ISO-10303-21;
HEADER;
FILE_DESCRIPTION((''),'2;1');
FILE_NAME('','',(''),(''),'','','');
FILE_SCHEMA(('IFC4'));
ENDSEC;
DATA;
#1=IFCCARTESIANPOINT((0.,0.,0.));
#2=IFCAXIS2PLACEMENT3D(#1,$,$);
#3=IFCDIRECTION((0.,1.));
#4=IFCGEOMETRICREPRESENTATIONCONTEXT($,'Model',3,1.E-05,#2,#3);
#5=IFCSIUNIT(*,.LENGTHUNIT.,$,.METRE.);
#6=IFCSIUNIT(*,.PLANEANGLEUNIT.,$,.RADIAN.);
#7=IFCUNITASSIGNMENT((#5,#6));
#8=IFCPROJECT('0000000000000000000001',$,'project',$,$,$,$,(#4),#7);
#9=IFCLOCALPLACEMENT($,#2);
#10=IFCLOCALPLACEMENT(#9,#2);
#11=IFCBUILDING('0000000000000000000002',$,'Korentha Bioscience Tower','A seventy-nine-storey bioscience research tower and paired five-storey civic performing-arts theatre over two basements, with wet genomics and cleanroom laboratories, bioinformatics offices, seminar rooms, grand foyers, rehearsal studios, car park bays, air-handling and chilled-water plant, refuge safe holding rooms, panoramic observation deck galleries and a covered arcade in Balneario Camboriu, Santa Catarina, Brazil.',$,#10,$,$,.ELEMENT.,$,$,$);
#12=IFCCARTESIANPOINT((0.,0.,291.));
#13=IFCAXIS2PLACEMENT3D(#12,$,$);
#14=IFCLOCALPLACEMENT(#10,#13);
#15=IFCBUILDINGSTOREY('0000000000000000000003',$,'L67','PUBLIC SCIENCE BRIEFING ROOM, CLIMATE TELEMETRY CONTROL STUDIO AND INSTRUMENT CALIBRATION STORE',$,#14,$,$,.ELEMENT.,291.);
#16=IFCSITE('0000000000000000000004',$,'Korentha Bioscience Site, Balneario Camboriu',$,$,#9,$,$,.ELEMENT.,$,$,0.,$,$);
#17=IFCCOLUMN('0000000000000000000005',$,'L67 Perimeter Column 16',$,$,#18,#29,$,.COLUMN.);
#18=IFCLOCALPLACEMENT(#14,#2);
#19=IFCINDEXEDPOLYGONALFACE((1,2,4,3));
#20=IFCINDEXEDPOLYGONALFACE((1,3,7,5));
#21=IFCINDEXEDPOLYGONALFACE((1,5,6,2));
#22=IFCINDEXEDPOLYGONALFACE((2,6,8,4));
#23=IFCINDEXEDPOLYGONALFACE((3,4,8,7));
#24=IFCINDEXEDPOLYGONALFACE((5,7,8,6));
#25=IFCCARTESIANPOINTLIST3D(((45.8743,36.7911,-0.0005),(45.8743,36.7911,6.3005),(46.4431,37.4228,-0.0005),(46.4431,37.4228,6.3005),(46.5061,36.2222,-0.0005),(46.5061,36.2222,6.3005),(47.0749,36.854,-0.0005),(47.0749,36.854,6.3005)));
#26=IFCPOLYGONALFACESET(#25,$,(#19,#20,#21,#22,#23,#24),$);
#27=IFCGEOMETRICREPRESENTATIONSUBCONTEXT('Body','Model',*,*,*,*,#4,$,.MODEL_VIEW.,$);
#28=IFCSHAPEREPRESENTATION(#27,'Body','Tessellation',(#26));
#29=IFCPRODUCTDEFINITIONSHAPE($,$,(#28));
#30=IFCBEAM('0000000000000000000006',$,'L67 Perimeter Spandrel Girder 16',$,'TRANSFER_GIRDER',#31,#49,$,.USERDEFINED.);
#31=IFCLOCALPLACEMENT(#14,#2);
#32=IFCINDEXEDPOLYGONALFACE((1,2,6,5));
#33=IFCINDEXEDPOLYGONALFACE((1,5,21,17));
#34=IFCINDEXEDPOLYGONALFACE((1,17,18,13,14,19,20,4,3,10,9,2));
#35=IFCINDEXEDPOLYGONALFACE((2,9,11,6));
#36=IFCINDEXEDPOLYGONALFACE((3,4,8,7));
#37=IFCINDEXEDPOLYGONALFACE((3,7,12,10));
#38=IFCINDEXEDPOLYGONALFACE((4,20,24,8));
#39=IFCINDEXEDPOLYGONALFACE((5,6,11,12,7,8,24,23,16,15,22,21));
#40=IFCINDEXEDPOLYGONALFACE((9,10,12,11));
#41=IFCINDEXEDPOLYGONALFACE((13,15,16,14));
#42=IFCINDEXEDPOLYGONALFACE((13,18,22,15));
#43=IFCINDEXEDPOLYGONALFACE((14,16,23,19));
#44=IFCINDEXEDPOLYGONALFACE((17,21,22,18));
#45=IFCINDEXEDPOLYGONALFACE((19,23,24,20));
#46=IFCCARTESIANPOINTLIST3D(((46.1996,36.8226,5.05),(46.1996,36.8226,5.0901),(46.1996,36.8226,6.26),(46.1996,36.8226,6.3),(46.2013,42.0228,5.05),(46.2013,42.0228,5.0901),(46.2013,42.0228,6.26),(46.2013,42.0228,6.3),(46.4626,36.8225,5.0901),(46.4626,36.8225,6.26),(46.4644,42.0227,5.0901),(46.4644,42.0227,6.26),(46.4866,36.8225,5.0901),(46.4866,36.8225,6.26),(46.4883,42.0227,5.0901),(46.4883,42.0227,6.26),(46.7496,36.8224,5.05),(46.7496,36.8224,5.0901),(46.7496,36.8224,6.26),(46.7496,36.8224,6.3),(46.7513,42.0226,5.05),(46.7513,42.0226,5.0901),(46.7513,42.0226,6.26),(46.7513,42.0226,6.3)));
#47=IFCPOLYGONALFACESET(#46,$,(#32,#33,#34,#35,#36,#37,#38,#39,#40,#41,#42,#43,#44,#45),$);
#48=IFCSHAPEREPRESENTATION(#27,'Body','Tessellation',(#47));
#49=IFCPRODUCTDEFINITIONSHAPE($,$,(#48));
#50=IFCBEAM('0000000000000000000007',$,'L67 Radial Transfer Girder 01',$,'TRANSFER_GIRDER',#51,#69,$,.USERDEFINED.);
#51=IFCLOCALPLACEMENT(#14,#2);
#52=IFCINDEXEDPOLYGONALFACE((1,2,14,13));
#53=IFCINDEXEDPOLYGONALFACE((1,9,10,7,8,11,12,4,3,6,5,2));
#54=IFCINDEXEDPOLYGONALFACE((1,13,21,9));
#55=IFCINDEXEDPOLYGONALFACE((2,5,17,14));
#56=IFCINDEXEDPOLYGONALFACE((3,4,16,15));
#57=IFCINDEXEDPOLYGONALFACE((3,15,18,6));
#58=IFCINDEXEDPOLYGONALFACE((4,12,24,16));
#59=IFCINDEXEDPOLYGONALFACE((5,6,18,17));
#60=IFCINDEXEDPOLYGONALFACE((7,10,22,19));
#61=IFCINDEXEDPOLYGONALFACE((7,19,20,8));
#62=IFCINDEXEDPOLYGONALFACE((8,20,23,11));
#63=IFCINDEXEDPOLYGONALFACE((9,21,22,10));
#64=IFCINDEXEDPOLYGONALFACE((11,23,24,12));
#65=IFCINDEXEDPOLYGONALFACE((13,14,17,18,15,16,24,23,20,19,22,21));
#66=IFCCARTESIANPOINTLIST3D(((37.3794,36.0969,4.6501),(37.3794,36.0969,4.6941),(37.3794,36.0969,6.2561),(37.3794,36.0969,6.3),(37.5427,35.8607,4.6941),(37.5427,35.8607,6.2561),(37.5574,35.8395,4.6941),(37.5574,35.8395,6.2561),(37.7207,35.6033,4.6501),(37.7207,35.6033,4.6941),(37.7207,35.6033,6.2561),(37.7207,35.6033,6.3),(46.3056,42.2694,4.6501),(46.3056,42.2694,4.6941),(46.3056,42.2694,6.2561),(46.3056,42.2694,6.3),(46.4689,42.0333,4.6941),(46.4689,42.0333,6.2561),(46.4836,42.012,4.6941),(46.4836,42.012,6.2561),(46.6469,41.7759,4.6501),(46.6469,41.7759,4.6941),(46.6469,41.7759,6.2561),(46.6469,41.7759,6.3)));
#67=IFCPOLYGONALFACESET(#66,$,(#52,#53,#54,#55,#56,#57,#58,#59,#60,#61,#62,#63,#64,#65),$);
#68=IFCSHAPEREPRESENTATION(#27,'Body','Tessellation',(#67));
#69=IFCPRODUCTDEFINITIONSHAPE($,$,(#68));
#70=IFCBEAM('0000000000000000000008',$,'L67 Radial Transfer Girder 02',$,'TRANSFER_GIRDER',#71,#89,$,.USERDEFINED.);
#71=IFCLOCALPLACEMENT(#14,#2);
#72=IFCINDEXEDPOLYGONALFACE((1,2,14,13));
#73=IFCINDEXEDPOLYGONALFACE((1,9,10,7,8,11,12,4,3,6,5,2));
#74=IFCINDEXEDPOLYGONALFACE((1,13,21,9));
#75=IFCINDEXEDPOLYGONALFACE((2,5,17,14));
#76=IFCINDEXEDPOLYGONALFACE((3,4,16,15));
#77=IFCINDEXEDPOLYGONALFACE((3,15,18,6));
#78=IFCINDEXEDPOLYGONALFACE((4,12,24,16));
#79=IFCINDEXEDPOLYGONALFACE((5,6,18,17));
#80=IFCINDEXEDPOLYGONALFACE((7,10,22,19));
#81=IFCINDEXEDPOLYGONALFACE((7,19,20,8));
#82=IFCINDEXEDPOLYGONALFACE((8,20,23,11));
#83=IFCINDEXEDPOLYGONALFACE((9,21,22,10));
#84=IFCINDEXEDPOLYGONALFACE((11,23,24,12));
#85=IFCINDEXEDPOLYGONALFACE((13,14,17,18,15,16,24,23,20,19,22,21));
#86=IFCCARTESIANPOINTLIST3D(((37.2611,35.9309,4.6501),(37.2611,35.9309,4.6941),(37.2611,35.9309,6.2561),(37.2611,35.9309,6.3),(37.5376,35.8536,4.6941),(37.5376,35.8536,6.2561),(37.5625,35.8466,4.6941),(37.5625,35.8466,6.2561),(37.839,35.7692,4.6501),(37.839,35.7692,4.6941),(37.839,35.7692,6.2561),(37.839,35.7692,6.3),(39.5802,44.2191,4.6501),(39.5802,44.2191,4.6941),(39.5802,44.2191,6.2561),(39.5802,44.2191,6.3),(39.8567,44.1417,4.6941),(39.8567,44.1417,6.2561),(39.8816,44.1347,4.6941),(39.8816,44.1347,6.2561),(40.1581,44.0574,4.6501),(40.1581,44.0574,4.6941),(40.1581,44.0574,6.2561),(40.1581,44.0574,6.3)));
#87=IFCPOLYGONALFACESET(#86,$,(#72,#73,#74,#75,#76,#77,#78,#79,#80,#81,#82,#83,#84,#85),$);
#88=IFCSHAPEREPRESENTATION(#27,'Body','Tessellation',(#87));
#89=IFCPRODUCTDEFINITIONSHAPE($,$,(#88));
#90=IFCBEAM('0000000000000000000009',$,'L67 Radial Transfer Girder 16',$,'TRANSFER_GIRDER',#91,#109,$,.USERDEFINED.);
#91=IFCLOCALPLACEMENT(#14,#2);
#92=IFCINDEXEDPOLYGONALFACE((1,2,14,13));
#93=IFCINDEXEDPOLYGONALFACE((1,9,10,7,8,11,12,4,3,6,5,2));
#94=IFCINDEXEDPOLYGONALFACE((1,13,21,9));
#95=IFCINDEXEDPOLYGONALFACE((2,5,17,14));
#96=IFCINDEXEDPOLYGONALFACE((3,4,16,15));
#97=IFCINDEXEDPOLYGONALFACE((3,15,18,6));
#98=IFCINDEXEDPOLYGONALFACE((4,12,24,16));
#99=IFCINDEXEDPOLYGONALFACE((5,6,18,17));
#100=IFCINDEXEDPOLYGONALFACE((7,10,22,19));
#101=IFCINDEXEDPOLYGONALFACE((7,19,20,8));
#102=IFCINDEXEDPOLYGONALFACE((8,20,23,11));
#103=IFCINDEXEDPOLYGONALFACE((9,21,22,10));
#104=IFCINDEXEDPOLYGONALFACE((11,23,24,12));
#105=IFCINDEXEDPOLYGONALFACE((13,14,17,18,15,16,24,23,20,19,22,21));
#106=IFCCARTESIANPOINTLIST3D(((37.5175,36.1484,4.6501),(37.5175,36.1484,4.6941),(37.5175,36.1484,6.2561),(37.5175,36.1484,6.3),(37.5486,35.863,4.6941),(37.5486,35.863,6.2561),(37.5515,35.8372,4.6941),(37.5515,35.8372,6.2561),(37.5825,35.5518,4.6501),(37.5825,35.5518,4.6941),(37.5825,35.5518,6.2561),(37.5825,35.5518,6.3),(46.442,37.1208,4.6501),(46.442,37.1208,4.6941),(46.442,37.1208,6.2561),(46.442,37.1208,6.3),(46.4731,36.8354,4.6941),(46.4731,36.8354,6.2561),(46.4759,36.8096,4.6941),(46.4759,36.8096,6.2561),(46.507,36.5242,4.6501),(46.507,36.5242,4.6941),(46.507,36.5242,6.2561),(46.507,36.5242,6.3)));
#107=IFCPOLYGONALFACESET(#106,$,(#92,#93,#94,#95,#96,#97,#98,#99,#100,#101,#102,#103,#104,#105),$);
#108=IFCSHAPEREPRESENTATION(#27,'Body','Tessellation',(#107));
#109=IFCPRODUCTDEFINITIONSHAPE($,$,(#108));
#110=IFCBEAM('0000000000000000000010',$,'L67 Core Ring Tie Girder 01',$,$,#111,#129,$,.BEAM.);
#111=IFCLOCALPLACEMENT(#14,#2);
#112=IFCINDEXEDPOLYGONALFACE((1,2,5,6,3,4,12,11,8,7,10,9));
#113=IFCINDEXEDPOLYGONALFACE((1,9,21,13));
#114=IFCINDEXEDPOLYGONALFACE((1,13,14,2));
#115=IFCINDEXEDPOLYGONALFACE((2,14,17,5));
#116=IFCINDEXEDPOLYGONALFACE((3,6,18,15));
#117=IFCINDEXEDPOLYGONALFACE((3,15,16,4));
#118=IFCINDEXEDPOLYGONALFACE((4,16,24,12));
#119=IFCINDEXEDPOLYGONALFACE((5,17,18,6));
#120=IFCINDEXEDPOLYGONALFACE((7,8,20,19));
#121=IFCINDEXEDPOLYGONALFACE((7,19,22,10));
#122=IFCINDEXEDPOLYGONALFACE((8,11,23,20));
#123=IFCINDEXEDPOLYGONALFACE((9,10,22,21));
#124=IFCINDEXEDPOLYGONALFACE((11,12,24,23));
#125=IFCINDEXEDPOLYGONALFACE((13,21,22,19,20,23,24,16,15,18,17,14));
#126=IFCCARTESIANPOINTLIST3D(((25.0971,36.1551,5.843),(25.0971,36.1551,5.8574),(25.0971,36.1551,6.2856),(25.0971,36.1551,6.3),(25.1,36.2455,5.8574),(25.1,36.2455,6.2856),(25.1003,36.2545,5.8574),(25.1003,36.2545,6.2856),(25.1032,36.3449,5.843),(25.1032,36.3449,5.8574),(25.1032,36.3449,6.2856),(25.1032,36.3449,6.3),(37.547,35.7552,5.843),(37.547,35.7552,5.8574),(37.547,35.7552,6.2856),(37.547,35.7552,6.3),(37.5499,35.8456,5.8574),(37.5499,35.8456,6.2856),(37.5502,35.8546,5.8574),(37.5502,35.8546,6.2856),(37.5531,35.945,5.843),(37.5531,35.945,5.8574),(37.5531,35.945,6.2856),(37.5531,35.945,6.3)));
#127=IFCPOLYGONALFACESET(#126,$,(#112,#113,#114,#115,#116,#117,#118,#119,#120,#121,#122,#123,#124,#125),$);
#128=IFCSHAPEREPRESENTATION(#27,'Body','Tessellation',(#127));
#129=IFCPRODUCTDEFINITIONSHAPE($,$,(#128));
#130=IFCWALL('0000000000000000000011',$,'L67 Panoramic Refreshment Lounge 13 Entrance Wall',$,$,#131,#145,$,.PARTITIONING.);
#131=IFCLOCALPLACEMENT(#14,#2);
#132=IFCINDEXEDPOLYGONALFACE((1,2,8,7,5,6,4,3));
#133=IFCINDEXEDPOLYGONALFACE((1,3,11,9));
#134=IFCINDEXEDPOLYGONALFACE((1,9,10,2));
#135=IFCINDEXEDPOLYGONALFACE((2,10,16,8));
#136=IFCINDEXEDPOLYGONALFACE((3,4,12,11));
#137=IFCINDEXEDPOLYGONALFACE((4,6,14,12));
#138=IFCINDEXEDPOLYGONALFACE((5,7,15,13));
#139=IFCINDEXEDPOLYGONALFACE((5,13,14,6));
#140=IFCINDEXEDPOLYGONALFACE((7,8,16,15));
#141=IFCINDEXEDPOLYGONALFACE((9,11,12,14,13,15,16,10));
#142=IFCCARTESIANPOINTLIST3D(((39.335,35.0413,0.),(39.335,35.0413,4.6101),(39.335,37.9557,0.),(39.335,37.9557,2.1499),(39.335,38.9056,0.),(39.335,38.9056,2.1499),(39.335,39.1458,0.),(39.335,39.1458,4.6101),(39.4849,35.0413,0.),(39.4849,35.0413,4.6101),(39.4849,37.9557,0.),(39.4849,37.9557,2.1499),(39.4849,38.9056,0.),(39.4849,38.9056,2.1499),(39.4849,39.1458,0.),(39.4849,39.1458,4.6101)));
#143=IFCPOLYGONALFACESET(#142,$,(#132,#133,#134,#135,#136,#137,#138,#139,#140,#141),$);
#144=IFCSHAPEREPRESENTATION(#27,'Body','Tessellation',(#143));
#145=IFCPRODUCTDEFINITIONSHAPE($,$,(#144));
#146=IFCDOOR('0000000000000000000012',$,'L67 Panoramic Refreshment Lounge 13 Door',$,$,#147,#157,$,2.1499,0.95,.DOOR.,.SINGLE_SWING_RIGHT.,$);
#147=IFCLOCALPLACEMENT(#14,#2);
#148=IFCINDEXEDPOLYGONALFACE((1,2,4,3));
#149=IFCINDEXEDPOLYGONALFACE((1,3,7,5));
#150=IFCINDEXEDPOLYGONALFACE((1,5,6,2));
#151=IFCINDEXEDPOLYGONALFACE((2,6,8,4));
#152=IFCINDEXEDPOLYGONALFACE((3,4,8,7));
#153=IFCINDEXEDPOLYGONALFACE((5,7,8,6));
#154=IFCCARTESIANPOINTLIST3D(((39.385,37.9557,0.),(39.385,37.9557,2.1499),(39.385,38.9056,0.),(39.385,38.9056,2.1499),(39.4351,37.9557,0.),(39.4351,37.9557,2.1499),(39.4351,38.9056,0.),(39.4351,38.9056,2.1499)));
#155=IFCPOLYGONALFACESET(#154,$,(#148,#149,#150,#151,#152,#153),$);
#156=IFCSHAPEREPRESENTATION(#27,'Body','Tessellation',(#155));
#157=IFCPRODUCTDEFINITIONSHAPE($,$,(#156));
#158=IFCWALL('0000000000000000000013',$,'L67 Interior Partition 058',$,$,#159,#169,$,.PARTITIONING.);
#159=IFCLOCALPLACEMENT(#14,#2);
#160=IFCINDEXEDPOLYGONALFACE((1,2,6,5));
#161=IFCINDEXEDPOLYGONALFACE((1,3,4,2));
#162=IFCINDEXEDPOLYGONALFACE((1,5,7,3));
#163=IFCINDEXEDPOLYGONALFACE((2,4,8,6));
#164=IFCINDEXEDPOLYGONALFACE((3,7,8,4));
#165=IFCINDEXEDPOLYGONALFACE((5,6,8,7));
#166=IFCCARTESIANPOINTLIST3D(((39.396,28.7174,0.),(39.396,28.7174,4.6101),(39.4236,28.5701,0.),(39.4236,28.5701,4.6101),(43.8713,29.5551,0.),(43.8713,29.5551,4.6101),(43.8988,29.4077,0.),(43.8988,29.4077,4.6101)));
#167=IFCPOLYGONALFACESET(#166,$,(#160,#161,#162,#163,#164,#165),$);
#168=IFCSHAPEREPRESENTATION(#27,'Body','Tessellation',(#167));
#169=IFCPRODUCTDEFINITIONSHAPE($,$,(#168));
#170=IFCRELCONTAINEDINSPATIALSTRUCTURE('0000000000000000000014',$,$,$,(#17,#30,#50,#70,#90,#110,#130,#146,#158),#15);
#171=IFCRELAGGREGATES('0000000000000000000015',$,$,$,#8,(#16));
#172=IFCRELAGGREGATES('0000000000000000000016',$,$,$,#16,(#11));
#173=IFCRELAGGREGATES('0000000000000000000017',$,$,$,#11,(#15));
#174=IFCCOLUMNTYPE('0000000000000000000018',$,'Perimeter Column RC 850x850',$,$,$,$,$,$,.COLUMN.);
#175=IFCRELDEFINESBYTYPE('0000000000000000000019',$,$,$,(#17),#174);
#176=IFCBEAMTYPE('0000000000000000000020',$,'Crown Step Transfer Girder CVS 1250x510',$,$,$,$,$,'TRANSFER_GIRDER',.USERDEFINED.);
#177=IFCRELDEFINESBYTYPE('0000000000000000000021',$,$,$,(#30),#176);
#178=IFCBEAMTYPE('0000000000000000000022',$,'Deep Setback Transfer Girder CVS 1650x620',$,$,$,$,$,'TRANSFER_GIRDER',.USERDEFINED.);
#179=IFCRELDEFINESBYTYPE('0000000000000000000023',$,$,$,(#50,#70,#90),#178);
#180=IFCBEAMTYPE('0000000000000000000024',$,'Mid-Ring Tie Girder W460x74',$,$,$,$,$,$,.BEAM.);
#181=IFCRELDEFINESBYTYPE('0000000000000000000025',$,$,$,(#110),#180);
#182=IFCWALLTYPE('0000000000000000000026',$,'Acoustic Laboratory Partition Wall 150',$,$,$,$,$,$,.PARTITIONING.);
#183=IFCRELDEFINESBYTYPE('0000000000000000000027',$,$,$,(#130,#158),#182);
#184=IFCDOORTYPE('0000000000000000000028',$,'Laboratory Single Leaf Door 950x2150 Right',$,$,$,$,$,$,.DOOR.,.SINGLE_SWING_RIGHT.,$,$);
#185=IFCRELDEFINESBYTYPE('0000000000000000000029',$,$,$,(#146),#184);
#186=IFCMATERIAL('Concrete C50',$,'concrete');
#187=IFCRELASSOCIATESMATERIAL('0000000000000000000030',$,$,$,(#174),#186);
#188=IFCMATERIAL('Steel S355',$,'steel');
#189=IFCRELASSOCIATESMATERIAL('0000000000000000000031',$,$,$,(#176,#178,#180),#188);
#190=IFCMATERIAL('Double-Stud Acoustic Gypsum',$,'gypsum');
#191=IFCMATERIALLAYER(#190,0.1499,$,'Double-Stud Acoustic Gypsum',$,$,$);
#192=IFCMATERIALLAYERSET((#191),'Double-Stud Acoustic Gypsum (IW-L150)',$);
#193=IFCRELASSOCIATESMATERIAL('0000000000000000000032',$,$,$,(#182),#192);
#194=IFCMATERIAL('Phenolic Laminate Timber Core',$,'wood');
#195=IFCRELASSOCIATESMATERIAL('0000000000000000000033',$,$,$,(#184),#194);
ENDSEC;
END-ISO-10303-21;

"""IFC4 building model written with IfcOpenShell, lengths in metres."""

from ifc_helpers import new_model, si_unit, direction, frame, frame_2d, origin, origin_2d, place, context, subcontext, project, spatial, rectangle, i_section, extrude, material, layer, layer_set, material_profile, profile_set, type_object, element, fill, save


model = new_model("IFC4")

# Units and contexts
model_context = context("Model", 3, precision=1e-05, world=origin(), true_north=direction((0.0, 1.0)))
body_context = subcontext(model_context, "Body", "Model", "MODEL_VIEW")
ifc_project = project(units=[si_unit("LENGTHUNIT", "METRE"), si_unit("PLANEANGLEUNIT", "RADIAN")], contexts=[model_context])

# Site, building, storey
site_placement = place(None, origin())
site = spatial("IfcSite", under=ifc_project, at=site_placement, Name="Korentha Bioscience Site, Balneario Camboriu", CompositionType="ELEMENT", RefElevation=0.0)
building_placement = place(site_placement, origin())
building = spatial("IfcBuilding", under=site, at=building_placement, Name="Korentha Bioscience Tower", Description="A seventy-nine-storey bioscience research tower and paired five-storey civic performing-arts theatre over two basements, with wet genomics and cleanroom laboratories, bioinformatics offices, seminar rooms, grand foyers, rehearsal studios, car park bays, air-handling and chilled-water plant, refuge safe holding rooms, panoramic observation deck galleries and a covered arcade in Balneario Camboriu, Santa Catarina, Brazil.", CompositionType="ELEMENT")
storey_placement = place(building_placement, frame((0.0, 0.0, 291.0)))
storey = spatial("IfcBuildingStorey", under=building, at=storey_placement, Name="L67", Description="PUBLIC SCIENCE BRIEFING ROOM, CLIMATE TELEMETRY CONTROL STUDIO AND INSTRUMENT CALIBRATION STORE", CompositionType="ELEMENT", Elevation=291.0)

# Column
ifc_material_1 = material(Name="Concrete C50", Category="concrete")
ifc_material_profile_1 = material_profile(ifc_material_1, rectangle(XDim=0.8501, YDim=0.8501, at=origin_2d()), Name="Concrete C50")
ifc_profile_set_1 = profile_set([ifc_material_profile_1], Name="Concrete C50 (COL-P08)")
column_type = type_object("IfcColumnType", Name="Perimeter Column RC 850x850", PredefinedType="COLUMN", material=ifc_profile_set_1)
column_placement = place(storey_placement, frame((46.4746, 36.8225, -0.0005), z_axis=(0.0, 0.0, 1.0), x_axis=(0.669131, 0.743145, 0.0)))
element("IfcColumn", 1, at=column_placement, inside=storey, type_object=column_type, Name="L67 Perimeter Column 16", PredefinedType="COLUMN", context=body_context, shape_type="SweptSolid", body=[
    extrude(rectangle(XDim=0.8501, YDim=0.8501, at=origin_2d()), origin(), (0.0, 0.0, 1.0), 6.301),
])

# Beams
ifc_material_2 = material(Name="Steel S355", Category="steel")
ifc_material_profile_2 = material_profile(ifc_material_2, i_section(OverallWidth=0.55, OverallDepth=1.25, WebThickness=0.0239, FlangeThickness=0.04, at=origin_2d()), Name="Steel S355")
ifc_profile_set_2 = profile_set([ifc_material_profile_2], Name="Steel S355 (TG-03)")
beam_type_1 = type_object("IfcBeamType", Name="Crown Step Transfer Girder CVS 1250x510", ElementType="TRANSFER_GIRDER", PredefinedType="USERDEFINED", material=ifc_profile_set_2)
beam_1_placement = place(storey_placement, frame((46.4746, 36.8225, 5.675), z_axis=(0.000329, 1.0, 0.0), x_axis=(-1.0, 0.000329, 0.0)))
element("IfcBeam", 2, at=beam_1_placement, inside=storey, type_object=beam_type_1, Name="L67 Perimeter Spandrel Girder 16", ObjectType="TRANSFER_GIRDER", PredefinedType="USERDEFINED", context=body_context, shape_type="SweptSolid", body=[
    extrude(i_section(OverallWidth=0.55, OverallDepth=1.25, WebThickness=0.0239, FlangeThickness=0.04, at=origin_2d()), origin(), (0.0, 0.0, 1.0), 5.2002),
])
ifc_material_profile_3 = material_profile(ifc_material_2, i_section(OverallWidth=0.6001, OverallDepth=1.6499, WebThickness=0.0259, FlangeThickness=0.0439, at=origin_2d()), Name="Steel S355")
ifc_profile_set_3 = profile_set([ifc_material_profile_3], Name="Steel S355 (TG-04)")
beam_type_2 = type_object("IfcBeamType", Name="Deep Setback Transfer Girder CVS 1650x620", ElementType="TRANSFER_GIRDER", PredefinedType="USERDEFINED", material=ifc_profile_set_3)
beam_2_placement = place(storey_placement, frame((37.55, 35.8501, 5.4751), z_axis=(0.822499, 0.568767, 0.0), x_axis=(-0.568767, 0.822499, 0.0)))
element("IfcBeam", 3, at=beam_2_placement, inside=storey, type_object=beam_type_2, Name="L67 Radial Transfer Girder 01", ObjectType="TRANSFER_GIRDER", PredefinedType="USERDEFINED", context=body_context, shape_type="SweptSolid", body=[
    extrude(i_section(OverallWidth=0.6001, OverallDepth=1.6499, WebThickness=0.0259, FlangeThickness=0.0439, at=origin_2d()), origin(), (0.0, 0.0, 1.0), 10.8525),
])
beam_3_placement = place(storey_placement, frame((37.55, 35.8501, 5.4751), z_axis=(0.269461, 0.963011, 0.0), x_axis=(-0.963011, 0.269461, 0.0)))
element("IfcBeam", 4, at=beam_3_placement, inside=storey, type_object=beam_type_2, Name="L67 Radial Transfer Girder 02", ObjectType="TRANSFER_GIRDER", PredefinedType="USERDEFINED", context=body_context, shape_type="SweptSolid", body=[
    extrude(i_section(OverallWidth=0.6001, OverallDepth=1.6499, WebThickness=0.0259, FlangeThickness=0.0439, at=origin_2d()), origin(), (0.0, 0.0, 1.0), 8.6064),
])
beam_4_placement = place(storey_placement, frame((37.55, 35.8501, 5.4751), z_axis=(0.994116, 0.108318, 0.0), x_axis=(-0.108318, 0.994116, 0.0)))
element("IfcBeam", 5, at=beam_4_placement, inside=storey, type_object=beam_type_2, Name="L67 Radial Transfer Girder 16", ObjectType="TRANSFER_GIRDER", PredefinedType="USERDEFINED", context=body_context, shape_type="SweptSolid", body=[
    extrude(i_section(OverallWidth=0.6001, OverallDepth=1.6499, WebThickness=0.0259, FlangeThickness=0.0439, at=origin_2d()), origin(), (0.0, 0.0, 1.0), 8.9773),
])
ifc_material_profile_4 = material_profile(ifc_material_2, i_section(OverallWidth=0.1899, OverallDepth=0.457, WebThickness=0.009, FlangeThickness=0.0144, at=origin_2d()), Name="Steel S355")
ifc_profile_set_4 = profile_set([ifc_material_profile_4], Name="Steel S355 (MB-460)")
beam_type_3 = type_object("IfcBeamType", Name="Mid-Ring Tie Girder W460x74", PredefinedType="BEAM", material=ifc_profile_set_4)
beam_5_placement = place(storey_placement, frame((37.55, 35.8501, 6.0715), z_axis=(-0.999485, 0.032104, 0.0), x_axis=(-0.032104, -0.999485, 0.0)))
element("IfcBeam", 6, at=beam_5_placement, inside=storey, type_object=beam_type_3, Name="L67 Core Ring Tie Girder 01", PredefinedType="BEAM", context=body_context, shape_type="SweptSolid", body=[
    extrude(i_section(OverallWidth=0.1899, OverallDepth=0.457, WebThickness=0.009, FlangeThickness=0.0144, at=origin_2d()), origin(), (0.0, 0.0, 1.0), 12.4563),
])

# Wall, opening, door
ifc_material_3 = material(Name="Double-Stud Acoustic Gypsum", Category="gypsum")
ifc_layer_1 = layer(ifc_material_3, 0.1499, Name="Double-Stud Acoustic Gypsum")
ifc_layer_set_1 = layer_set([ifc_layer_1], Name="Double-Stud Acoustic Gypsum (IW-L150)")
wall_type_1 = type_object("IfcWallType", Name="Acoustic Laboratory Partition Wall 150", PredefinedType="PARTITIONING", material=ifc_layer_set_1)
ifc_material_4 = material(Name="Phenolic Laminate Timber Core", Category="wood")
wall_1_placement = place(storey_placement, frame((39.4099, 35.0413, 0.0), z_axis=(0.0, 0.0, 1.0), x_axis=(0.0, 1.0, 0.0)))
wall_1 = element("IfcWall", 7, at=wall_1_placement, inside=storey, type_object=wall_type_1, Name="L67 Panoramic Refreshment Lounge 13 Entrance Wall", PredefinedType="PARTITIONING", context=body_context, shape_type="SweptSolid", body=[
    extrude(rectangle(XDim=4.1045, YDim=0.1499, at=frame_2d((2.0522, 0.0))), origin(), (0.0, 0.0, 1.0), 4.6101),
])
opening_1_placement = place(wall_1_placement, frame((2.9143, 0.0, 0.0)))
opening_1 = element("IfcOpeningElement", 8, at=opening_1_placement, cuts=wall_1, PredefinedType="OPENING", context=body_context, shape_type="SweptSolid", body=[
    extrude(rectangle(XDim=0.95, YDim=2.1499, at=frame_2d((0.4751, 1.075))), frame((0.0, 0.0898, 0.0), z_axis=(0.0, -1.0, 0.0), x_axis=(1.0, 0.0, 0.0)), (0.0, 0.0, 1.0), 0.1797),
])
door_type_1 = type_object("IfcDoorType", Name="Laboratory Single Leaf Door 950x2150 Right", OperationType="SINGLE_SWING_RIGHT", PredefinedType="DOOR", material=ifc_material_4)
door_1_placement = place(opening_1_placement, origin())
door_1 = element("IfcDoor", 9, at=door_1_placement, inside=storey, type_object=door_type_1, Name="L67 Panoramic Refreshment Lounge 13 Door", OperationType="SINGLE_SWING_RIGHT", OverallHeight=2.1499, OverallWidth=0.95, PredefinedType="DOOR", context=body_context, shape_type="SweptSolid", body=[
    extrude(rectangle(XDim=0.95, YDim=2.1499, at=frame_2d((0.4751, 1.075))), frame((0.0, 0.0249, 0.0), z_axis=(0.0, -1.0, 0.0), x_axis=(1.0, 0.0, 0.0)), (0.0, 0.0, 1.0), 0.05),
])
fill(opening_1, door_1)

# Wall
wall_2_placement = place(storey_placement, frame((39.4099, 28.6438, 0.0), z_axis=(0.0, 0.0, 1.0), x_axis=(0.982931, 0.183974, 0.0)))
element("IfcWall", 10, at=wall_2_placement, inside=storey, type_object=wall_type_1, Name="L67 Interior Partition 058", PredefinedType="PARTITIONING", context=body_context, shape_type="SweptSolid", body=[
    extrude(rectangle(XDim=4.553, YDim=0.1499, at=frame_2d((2.2764, 0.0))), origin(), (0.0, 0.0, 1.0), 4.6101),
])

save(model, "model.ifc")
